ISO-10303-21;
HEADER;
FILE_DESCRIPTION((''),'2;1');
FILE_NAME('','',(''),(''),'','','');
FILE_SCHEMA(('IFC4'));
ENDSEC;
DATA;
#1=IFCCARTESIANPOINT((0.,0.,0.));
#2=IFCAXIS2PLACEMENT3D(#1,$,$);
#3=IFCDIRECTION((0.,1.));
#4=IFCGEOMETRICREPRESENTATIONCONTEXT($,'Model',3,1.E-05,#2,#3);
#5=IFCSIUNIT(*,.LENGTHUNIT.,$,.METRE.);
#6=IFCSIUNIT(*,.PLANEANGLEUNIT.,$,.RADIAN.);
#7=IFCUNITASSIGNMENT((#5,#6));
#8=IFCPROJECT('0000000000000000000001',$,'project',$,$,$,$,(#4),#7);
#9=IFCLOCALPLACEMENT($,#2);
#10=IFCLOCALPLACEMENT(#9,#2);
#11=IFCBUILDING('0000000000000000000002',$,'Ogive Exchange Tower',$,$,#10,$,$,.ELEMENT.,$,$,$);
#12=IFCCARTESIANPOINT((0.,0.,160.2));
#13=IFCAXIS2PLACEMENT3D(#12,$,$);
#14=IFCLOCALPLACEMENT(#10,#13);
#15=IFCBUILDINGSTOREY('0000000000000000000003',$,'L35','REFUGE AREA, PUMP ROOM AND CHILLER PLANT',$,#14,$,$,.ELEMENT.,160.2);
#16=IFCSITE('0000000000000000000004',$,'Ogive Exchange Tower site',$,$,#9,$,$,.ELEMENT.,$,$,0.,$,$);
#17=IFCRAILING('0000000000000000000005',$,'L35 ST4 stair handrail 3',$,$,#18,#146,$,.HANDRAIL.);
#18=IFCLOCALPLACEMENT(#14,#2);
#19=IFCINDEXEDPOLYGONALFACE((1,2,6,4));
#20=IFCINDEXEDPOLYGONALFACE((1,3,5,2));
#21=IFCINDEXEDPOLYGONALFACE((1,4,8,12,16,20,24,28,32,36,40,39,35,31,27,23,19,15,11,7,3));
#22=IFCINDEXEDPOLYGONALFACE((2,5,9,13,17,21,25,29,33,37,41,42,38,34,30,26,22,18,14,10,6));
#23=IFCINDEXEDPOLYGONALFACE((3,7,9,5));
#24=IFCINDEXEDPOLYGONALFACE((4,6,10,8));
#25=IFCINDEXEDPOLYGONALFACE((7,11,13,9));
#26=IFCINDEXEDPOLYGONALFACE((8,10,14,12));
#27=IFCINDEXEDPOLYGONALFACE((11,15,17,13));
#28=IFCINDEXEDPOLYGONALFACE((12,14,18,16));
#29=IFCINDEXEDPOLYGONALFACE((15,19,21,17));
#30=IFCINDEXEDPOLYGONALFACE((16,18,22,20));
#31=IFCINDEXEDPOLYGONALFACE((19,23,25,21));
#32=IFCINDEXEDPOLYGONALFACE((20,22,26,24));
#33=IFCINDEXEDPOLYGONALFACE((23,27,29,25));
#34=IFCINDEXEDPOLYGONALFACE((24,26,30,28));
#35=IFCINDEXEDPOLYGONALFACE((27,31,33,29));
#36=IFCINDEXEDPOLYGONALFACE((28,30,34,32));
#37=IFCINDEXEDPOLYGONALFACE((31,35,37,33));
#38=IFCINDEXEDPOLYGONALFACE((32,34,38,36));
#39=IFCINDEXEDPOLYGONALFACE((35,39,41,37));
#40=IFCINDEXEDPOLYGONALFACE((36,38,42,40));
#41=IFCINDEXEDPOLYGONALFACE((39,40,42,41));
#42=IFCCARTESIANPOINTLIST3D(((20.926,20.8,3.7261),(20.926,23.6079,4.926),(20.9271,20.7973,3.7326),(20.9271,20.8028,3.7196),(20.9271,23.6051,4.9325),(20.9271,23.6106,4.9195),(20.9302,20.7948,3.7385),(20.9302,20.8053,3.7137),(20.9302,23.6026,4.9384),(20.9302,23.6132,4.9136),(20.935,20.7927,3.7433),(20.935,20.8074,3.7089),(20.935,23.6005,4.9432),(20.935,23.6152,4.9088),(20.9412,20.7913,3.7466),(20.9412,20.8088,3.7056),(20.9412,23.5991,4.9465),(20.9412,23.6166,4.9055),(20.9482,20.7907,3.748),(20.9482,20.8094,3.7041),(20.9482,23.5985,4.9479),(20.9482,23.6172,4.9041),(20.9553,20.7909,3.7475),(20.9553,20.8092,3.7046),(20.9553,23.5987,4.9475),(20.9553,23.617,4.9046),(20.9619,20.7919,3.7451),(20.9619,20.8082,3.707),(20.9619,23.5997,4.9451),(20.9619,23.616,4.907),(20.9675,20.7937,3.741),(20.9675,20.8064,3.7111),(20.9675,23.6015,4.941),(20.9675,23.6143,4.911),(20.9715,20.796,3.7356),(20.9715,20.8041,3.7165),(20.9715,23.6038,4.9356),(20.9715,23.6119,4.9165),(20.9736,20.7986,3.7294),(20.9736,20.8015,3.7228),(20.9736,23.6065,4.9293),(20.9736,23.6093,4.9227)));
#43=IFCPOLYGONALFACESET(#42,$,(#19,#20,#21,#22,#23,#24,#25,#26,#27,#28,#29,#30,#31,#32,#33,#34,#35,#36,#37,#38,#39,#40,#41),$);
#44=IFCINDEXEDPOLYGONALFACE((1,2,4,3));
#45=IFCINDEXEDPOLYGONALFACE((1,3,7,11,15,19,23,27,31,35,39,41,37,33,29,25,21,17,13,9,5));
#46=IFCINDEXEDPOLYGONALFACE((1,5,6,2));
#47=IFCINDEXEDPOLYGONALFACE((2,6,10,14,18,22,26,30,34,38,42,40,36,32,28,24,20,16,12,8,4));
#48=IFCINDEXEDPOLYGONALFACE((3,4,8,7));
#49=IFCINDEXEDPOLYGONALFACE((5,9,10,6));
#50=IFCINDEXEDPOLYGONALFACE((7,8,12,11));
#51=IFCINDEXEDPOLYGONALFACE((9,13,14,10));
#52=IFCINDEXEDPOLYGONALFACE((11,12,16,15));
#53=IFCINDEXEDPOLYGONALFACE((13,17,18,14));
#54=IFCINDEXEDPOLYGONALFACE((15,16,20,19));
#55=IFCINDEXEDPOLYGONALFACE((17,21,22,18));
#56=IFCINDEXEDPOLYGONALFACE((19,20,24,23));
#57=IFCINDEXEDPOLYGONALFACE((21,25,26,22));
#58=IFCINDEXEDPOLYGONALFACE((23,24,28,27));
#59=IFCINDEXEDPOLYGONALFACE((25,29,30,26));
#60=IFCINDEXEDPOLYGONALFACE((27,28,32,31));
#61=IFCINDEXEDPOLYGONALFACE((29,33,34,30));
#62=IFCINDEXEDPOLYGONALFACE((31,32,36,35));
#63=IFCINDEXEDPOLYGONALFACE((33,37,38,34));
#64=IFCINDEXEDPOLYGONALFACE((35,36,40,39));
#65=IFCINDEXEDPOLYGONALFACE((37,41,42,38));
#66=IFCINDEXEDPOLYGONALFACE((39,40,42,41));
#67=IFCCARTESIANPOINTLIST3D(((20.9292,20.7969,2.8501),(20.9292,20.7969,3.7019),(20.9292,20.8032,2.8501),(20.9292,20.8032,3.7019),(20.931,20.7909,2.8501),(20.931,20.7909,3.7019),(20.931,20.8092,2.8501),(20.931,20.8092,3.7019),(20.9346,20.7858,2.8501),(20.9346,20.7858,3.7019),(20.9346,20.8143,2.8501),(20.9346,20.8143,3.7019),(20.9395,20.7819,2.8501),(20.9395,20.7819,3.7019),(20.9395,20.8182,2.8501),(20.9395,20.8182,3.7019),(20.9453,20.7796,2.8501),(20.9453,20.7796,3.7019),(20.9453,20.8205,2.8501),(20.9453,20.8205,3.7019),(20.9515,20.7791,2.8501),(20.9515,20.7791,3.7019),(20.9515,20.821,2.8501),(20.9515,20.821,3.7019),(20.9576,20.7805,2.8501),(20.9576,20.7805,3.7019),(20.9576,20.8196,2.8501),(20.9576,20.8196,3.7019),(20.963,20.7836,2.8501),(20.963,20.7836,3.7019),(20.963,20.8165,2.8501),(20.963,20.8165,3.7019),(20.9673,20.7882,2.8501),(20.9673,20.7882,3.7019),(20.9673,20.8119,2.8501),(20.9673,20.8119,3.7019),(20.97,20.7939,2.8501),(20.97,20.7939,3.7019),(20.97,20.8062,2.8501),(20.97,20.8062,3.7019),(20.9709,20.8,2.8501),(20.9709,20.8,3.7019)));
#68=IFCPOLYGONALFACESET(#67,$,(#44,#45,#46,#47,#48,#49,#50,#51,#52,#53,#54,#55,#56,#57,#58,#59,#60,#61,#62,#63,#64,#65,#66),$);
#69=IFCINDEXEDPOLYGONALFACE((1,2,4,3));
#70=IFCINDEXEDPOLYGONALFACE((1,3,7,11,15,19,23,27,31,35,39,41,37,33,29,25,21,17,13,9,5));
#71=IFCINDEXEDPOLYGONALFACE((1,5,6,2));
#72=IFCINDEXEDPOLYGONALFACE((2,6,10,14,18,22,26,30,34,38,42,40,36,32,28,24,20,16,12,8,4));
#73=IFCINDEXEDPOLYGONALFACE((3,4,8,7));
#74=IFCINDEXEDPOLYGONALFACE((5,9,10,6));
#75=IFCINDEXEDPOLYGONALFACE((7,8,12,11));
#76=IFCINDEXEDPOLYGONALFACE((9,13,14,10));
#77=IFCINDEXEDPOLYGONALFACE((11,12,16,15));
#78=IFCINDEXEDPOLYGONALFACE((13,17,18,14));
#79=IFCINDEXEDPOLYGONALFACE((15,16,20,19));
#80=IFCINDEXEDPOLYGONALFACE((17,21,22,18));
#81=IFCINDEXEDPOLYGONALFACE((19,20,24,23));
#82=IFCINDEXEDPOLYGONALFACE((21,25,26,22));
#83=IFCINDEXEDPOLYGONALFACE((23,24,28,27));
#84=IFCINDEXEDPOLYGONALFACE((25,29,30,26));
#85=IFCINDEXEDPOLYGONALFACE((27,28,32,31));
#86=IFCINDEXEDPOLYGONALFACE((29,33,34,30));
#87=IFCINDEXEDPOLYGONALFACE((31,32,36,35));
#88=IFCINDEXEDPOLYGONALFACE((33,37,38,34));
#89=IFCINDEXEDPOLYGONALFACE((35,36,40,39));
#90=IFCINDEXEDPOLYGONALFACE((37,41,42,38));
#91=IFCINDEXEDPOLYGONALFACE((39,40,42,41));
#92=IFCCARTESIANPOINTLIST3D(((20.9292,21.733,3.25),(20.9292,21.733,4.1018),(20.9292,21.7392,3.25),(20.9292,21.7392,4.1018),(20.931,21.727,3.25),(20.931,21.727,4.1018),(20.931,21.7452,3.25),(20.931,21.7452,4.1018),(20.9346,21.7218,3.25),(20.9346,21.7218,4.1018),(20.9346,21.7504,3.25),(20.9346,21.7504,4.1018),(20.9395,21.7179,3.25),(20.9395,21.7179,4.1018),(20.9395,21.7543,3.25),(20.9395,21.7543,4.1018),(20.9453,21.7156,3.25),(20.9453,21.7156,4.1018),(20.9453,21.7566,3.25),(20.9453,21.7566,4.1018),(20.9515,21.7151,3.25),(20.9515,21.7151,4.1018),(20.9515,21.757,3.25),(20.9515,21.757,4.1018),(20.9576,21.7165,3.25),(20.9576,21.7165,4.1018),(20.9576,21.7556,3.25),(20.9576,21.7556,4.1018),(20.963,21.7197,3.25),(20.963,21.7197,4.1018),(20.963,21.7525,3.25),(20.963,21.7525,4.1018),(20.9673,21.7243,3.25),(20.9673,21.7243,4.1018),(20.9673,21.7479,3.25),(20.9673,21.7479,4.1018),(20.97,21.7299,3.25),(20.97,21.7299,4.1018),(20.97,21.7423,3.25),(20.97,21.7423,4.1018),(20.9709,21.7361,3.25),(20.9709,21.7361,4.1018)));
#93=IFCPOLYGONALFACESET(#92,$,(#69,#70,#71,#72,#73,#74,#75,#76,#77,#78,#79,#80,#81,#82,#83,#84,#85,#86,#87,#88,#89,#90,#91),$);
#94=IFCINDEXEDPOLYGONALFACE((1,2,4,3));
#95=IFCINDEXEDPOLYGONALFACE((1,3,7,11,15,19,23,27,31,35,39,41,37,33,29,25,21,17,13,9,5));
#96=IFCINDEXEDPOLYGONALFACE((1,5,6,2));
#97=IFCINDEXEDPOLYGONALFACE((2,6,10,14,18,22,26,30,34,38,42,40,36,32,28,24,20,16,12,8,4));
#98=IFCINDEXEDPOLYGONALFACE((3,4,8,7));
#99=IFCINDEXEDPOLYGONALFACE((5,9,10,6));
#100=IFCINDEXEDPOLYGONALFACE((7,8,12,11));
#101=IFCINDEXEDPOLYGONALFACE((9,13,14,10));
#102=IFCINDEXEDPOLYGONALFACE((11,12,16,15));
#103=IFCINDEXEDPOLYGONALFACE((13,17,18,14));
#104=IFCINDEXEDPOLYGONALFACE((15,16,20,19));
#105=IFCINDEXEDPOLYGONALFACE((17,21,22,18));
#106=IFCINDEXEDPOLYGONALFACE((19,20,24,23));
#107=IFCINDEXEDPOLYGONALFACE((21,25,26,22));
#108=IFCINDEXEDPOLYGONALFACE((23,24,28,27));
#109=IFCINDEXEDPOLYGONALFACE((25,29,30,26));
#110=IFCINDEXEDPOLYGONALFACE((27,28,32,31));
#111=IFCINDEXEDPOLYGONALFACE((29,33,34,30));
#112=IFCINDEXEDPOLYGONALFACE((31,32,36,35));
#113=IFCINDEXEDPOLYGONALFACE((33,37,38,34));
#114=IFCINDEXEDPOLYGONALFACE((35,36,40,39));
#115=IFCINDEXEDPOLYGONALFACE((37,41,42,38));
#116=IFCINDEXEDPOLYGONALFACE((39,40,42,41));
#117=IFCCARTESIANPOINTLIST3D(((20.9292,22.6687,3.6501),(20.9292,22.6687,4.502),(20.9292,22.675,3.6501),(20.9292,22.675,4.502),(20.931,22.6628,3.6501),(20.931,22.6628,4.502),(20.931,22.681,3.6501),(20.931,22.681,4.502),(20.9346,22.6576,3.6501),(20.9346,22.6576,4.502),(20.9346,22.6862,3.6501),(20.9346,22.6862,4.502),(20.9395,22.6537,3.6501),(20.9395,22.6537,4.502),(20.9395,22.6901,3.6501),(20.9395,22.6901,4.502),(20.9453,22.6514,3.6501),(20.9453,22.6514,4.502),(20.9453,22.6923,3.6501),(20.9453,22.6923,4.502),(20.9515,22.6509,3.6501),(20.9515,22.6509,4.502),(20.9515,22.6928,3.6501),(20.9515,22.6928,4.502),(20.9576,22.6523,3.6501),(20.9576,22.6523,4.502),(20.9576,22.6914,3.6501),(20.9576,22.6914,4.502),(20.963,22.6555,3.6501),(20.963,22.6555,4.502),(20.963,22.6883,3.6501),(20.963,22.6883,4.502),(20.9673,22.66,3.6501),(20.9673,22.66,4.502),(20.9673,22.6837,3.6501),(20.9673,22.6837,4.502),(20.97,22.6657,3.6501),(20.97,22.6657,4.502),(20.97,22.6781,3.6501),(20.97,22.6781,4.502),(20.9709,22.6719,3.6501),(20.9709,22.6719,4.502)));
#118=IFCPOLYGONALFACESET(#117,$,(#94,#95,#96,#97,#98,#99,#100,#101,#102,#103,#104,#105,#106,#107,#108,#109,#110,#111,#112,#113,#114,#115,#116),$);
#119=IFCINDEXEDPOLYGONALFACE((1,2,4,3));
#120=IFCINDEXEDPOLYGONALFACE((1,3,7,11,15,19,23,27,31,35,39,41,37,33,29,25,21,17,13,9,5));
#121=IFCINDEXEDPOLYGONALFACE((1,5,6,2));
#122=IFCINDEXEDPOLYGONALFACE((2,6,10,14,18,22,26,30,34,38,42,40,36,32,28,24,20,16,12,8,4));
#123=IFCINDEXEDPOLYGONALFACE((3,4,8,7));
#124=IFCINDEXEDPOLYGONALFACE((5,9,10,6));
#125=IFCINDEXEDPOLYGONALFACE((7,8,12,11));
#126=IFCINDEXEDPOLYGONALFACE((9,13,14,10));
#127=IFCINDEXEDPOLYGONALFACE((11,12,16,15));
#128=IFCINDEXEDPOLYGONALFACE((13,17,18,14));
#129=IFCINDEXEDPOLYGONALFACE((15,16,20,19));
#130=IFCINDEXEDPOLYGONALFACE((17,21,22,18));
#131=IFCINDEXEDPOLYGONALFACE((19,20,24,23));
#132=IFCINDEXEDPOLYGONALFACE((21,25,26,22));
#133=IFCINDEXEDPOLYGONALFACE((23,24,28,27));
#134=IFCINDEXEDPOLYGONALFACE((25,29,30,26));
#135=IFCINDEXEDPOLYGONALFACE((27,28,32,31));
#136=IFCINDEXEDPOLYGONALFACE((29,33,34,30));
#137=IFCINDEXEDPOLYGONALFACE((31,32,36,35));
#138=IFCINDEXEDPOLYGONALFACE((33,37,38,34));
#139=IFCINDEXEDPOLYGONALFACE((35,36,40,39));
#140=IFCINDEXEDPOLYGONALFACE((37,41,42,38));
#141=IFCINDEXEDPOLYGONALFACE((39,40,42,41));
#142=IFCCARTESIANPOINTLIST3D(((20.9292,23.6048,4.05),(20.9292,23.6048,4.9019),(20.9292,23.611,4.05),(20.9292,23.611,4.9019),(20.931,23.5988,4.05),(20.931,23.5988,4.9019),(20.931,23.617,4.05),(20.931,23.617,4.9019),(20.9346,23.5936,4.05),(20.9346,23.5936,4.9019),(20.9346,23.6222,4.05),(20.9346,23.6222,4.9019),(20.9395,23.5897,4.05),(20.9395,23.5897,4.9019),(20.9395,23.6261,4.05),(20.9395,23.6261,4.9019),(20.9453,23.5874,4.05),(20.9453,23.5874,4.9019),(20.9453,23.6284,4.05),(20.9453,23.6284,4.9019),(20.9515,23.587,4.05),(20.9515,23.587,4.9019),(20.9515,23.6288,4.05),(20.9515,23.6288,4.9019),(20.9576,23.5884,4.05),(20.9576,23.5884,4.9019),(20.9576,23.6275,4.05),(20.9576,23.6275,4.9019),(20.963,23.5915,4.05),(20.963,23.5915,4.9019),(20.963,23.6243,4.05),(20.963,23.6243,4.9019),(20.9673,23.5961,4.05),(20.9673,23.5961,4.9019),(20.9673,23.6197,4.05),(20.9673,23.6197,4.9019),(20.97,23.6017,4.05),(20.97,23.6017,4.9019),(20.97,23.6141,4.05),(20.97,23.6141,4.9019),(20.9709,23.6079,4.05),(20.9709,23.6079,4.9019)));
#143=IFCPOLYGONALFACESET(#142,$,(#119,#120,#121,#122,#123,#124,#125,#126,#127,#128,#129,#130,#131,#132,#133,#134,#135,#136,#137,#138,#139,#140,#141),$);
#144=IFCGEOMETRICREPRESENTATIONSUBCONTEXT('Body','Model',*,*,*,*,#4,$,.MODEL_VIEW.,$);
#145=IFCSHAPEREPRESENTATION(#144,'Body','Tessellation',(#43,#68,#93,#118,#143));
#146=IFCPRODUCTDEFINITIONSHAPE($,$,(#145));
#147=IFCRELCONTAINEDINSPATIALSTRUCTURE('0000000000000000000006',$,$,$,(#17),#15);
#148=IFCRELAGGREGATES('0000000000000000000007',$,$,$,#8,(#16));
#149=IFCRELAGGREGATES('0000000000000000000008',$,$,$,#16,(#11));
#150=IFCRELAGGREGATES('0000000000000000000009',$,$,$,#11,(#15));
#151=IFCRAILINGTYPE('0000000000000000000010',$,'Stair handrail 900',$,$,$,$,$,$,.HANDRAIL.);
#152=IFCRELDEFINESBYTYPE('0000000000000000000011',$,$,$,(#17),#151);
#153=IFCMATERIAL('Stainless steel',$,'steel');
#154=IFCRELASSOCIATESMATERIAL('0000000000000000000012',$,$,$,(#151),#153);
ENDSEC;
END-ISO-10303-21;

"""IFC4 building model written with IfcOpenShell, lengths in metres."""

from ifc_helpers import new_model, si_unit, direction, frame, origin, origin_2d, place, context, subcontext, project, spatial, circle, extrude, material, type_object, element, save


model = new_model("IFC4")

# Units and contexts
model_context = context("Model", 3, precision=1e-05, world=origin(), true_north=direction((0.0, 1.0)))
body_context = subcontext(model_context, "Body", "Model", "MODEL_VIEW")
ifc_project = project(units=[si_unit("LENGTHUNIT", "METRE"), si_unit("PLANEANGLEUNIT", "RADIAN")], contexts=[model_context])

# Site, building, storey
site_placement = place(None, origin())
site = spatial("IfcSite", under=ifc_project, at=site_placement, Name="Ogive Exchange Tower site", CompositionType="ELEMENT", RefElevation=0.0)
building_placement = place(site_placement, origin())
building = spatial("IfcBuilding", under=site, at=building_placement, Name="Ogive Exchange Tower", CompositionType="ELEMENT")
storey_placement = place(building_placement, frame((0.0, 0.0, 160.2)))
storey = spatial("IfcBuildingStorey", under=building, at=storey_placement, Name="L35", Description="REFUGE AREA, PUMP ROOM AND CHILLER PLANT", CompositionType="ELEMENT", Elevation=160.2)

# Railing
ifc_material_1 = material(Name="Stainless steel", Category="steel")
railing_type = type_object("IfcRailingType", Name="Stair handrail 900", PredefinedType="HANDRAIL", material=ifc_material_1)
for number, where, name in (
    (1, (20.95, 20.8, 2.8501), "L35 ST4 stair handrail 3"),
):
    element("IfcRailing", number, at=place(storey_placement, frame(where)), inside=storey, type_object=railing_type, Name=name, PredefinedType="HANDRAIL", context=body_context, shape_type="SweptSolid", body=[
        extrude(circle(Radius=0.0239, at=origin_2d()), frame((0.0, 0.0, 0.876), z_axis=(0.0, 0.91955, 0.392973), x_axis=(-1.0, 0.0, 0.0)), (0.0, 0.0, 1.0), 3.0535),
        extrude(circle(Radius=0.021, at=origin_2d()), origin(), (0.0, 0.0, 1.0), 0.8518),
        extrude(circle(Radius=0.021, at=origin_2d()), frame((0.0, 0.936, 0.3999)), (0.0, 0.0, 1.0), 0.8518),
        extrude(circle(Radius=0.021, at=origin_2d()), frame((0.0, 1.8718, 0.8)), (0.0, 0.0, 1.0), 0.8518),
        extrude(circle(Radius=0.021, at=origin_2d()), frame((0.0, 2.8079, 1.2)), (0.0, 0.0, 1.0), 0.8518),
    ])

save(model, "model.ifc")
